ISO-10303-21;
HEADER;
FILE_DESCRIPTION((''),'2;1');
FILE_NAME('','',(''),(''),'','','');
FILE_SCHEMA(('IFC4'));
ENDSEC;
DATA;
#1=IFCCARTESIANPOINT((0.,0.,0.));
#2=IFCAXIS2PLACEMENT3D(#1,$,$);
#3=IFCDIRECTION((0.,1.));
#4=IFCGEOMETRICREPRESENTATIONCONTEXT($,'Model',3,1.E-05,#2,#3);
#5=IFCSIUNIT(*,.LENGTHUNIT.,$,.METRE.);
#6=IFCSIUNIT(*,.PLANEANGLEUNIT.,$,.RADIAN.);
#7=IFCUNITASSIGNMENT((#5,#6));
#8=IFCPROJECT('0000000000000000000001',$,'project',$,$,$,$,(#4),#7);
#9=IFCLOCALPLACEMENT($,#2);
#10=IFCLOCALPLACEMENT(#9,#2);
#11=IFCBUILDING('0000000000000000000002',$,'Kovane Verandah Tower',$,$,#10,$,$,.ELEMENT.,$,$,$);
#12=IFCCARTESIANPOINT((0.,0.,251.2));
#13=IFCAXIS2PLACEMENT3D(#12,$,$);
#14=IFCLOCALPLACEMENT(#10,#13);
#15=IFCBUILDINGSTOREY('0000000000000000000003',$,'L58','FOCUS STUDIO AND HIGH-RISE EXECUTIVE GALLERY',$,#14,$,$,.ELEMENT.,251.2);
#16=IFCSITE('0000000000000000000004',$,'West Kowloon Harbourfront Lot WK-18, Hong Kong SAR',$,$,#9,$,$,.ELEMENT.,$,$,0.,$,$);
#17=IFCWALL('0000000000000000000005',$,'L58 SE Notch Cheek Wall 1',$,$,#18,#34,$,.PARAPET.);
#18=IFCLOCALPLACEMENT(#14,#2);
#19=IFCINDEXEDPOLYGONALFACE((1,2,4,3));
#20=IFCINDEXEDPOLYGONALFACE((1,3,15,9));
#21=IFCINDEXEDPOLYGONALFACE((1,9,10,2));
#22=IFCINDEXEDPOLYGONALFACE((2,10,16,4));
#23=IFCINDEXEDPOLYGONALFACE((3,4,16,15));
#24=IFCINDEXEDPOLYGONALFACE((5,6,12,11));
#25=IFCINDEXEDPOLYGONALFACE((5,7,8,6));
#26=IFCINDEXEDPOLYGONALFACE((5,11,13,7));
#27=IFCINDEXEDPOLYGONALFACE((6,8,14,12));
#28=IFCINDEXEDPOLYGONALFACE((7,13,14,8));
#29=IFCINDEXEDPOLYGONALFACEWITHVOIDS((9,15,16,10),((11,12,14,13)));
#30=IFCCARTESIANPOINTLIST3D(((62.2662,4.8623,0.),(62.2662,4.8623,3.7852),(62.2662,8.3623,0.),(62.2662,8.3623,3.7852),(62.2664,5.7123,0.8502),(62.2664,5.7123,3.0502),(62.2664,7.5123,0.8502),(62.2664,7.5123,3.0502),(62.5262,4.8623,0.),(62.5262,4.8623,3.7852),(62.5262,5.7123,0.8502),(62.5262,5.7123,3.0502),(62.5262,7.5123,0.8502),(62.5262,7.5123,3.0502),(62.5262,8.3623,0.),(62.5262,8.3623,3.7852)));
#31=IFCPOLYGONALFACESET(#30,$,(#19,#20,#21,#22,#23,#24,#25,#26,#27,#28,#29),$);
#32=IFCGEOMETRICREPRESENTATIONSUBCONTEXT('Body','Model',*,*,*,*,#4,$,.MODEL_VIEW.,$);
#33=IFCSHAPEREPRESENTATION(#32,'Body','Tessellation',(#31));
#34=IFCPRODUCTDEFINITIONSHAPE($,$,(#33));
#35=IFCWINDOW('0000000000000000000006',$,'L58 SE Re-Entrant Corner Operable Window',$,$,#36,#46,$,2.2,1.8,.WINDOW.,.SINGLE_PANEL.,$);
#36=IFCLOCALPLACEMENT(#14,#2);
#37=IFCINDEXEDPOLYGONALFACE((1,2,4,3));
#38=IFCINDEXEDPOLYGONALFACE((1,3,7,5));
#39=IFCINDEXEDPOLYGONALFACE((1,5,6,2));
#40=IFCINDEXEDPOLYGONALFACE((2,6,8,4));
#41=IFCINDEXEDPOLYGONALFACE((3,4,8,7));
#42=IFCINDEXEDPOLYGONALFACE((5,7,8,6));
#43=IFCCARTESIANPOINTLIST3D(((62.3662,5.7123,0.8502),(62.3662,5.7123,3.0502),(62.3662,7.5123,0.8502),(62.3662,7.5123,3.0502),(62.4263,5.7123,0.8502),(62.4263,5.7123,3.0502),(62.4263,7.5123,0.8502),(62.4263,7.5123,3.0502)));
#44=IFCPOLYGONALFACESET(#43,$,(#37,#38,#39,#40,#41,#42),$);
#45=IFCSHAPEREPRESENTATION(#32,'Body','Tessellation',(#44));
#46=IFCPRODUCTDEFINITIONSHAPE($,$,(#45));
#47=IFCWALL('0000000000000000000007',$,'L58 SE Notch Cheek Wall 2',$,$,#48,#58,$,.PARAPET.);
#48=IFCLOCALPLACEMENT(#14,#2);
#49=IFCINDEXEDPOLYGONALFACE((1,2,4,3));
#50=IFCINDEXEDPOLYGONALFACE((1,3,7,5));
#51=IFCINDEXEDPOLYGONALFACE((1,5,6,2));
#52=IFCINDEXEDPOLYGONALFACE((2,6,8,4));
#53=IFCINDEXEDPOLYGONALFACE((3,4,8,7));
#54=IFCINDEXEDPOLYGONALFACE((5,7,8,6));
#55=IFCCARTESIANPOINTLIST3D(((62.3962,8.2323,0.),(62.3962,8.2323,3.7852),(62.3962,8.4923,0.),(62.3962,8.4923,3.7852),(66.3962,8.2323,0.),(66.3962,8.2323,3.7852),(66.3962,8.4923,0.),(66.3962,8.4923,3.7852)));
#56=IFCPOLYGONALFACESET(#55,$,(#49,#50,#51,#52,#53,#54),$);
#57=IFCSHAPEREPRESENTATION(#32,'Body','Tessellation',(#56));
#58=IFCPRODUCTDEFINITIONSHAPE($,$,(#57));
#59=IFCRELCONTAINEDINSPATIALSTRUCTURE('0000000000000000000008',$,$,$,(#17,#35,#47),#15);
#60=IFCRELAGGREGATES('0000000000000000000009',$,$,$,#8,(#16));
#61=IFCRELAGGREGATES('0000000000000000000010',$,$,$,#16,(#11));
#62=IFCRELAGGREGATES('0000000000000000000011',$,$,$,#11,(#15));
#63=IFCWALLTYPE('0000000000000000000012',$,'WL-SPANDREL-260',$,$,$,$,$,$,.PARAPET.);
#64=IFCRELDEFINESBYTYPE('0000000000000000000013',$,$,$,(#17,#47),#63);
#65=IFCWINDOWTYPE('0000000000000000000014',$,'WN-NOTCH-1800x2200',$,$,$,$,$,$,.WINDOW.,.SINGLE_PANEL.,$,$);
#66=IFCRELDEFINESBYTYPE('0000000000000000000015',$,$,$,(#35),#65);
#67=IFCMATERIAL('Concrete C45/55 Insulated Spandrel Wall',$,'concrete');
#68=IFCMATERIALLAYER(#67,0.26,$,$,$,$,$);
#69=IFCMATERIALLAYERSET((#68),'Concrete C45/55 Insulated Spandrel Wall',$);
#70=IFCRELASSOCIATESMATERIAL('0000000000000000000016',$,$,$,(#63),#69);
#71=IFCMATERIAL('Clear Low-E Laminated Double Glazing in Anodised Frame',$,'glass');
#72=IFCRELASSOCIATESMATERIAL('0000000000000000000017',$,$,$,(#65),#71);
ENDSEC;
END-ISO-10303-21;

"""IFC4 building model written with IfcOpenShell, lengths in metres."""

from ifc_helpers import new_model, si_unit, direction, frame, frame_2d, origin, place, context, subcontext, project, spatial, rectangle, extrude, material, layer, layer_set, type_object, element, fill, save


model = new_model("IFC4")

# Units and contexts
model_context = context("Model", 3, precision=1e-05, world=origin(), true_north=direction((0.0, 1.0)))
body_context = subcontext(model_context, "Body", "Model", "MODEL_VIEW")
ifc_project = project(units=[si_unit("LENGTHUNIT", "METRE"), si_unit("PLANEANGLEUNIT", "RADIAN")], contexts=[model_context])

# Site, building, storey
site_placement = place(None, origin())
site = spatial("IfcSite", under=ifc_project, at=site_placement, Name="West Kowloon Harbourfront Lot WK-18, Hong Kong SAR", CompositionType="ELEMENT", RefElevation=0.0)
building_placement = place(site_placement, origin())
building = spatial("IfcBuilding", under=site, at=building_placement, Name="Kovane Verandah Tower", CompositionType="ELEMENT")
storey_placement = place(building_placement, frame((0.0, 0.0, 251.2)))
storey = spatial("IfcBuildingStorey", under=building, at=storey_placement, Name="L58", Description="FOCUS STUDIO AND HIGH-RISE EXECUTIVE GALLERY", CompositionType="ELEMENT", Elevation=251.2)

# Wall, opening, window
ifc_material_1 = material(Name="Concrete C45/55 Insulated Spandrel Wall", Category="concrete")
ifc_layer_1 = layer(ifc_material_1, 0.26)
ifc_layer_set_1 = layer_set([ifc_layer_1], Name="Concrete C45/55 Insulated Spandrel Wall")
wall_type_1 = type_object("IfcWallType", Name="WL-SPANDREL-260", PredefinedType="PARAPET", material=ifc_layer_set_1)
wall_1_placement = place(storey_placement, frame((62.3962, 4.8623, 0.0), z_axis=(0.0, 0.0, 1.0), x_axis=(0.0, 1.0, 0.0)))
wall_1 = element("IfcWall", 1, at=wall_1_placement, inside=storey, type_object=wall_type_1, Name="L58 SE Notch Cheek Wall 1", PredefinedType="PARAPET", context=body_context, shape_type="SweptSolid", body=[
    extrude(rectangle(XDim=3.5, YDim=0.26, at=frame_2d((1.75, 0.0))), origin(), (0.0, 0.0, 1.0), 3.7852),
])
opening_1_placement = place(wall_1_placement, frame((0.8501, 0.0, 0.8501)))
opening_1 = element("IfcOpeningElement", 2, at=opening_1_placement, cuts=wall_1, PredefinedType="OPENING", context=body_context, shape_type="SweptSolid", body=[
    extrude(rectangle(XDim=1.8, YDim=2.2, at=frame_2d((0.8999, 1.1001))), frame((0.0, 0.1299, 0.0), z_axis=(0.0, -1.0, 0.0), x_axis=(1.0, 0.0, 0.0)), (0.0, 0.0, 1.0), 0.26),
])
ifc_material_2 = material(Name="Clear Low-E Laminated Double Glazing in Anodised Frame", Category="glass")
window_type = type_object("IfcWindowType", Name="WN-NOTCH-1800x2200", PartitioningType="SINGLE_PANEL", PredefinedType="WINDOW", material=ifc_material_2)
window_placement = place(opening_1_placement, origin())
window = element("IfcWindow", 3, at=window_placement, inside=storey, type_object=window_type, Name="L58 SE Re-Entrant Corner Operable Window", OverallHeight=2.2, OverallWidth=1.8, PartitioningType="SINGLE_PANEL", PredefinedType="WINDOW", context=body_context, shape_type="SweptSolid", body=[
    extrude(rectangle(XDim=1.8, YDim=2.2, at=frame_2d((0.8999, 1.1001))), frame((0.0, 0.03, 0.0), z_axis=(0.0, -1.0, 0.0), x_axis=(1.0, 0.0, 0.0)), (0.0, 0.0, 1.0), 0.0601),
])
fill(opening_1, window)

# Wall
wall_2_placement = place(storey_placement, frame((62.3962, 8.3623, 0.0), z_axis=(0.0, 0.0, 1.0), x_axis=(1.0, 0.0, 0.0)))
element("IfcWall", 4, at=wall_2_placement, inside=storey, type_object=wall_type_1, Name="L58 SE Notch Cheek Wall 2", PredefinedType="PARAPET", context=body_context, shape_type="SweptSolid", body=[
    extrude(rectangle(XDim=4.0, YDim=0.26, at=frame_2d((2.0, 0.0))), origin(), (0.0, 0.0, 1.0), 3.7852),
])

save(model, "model.ifc")
